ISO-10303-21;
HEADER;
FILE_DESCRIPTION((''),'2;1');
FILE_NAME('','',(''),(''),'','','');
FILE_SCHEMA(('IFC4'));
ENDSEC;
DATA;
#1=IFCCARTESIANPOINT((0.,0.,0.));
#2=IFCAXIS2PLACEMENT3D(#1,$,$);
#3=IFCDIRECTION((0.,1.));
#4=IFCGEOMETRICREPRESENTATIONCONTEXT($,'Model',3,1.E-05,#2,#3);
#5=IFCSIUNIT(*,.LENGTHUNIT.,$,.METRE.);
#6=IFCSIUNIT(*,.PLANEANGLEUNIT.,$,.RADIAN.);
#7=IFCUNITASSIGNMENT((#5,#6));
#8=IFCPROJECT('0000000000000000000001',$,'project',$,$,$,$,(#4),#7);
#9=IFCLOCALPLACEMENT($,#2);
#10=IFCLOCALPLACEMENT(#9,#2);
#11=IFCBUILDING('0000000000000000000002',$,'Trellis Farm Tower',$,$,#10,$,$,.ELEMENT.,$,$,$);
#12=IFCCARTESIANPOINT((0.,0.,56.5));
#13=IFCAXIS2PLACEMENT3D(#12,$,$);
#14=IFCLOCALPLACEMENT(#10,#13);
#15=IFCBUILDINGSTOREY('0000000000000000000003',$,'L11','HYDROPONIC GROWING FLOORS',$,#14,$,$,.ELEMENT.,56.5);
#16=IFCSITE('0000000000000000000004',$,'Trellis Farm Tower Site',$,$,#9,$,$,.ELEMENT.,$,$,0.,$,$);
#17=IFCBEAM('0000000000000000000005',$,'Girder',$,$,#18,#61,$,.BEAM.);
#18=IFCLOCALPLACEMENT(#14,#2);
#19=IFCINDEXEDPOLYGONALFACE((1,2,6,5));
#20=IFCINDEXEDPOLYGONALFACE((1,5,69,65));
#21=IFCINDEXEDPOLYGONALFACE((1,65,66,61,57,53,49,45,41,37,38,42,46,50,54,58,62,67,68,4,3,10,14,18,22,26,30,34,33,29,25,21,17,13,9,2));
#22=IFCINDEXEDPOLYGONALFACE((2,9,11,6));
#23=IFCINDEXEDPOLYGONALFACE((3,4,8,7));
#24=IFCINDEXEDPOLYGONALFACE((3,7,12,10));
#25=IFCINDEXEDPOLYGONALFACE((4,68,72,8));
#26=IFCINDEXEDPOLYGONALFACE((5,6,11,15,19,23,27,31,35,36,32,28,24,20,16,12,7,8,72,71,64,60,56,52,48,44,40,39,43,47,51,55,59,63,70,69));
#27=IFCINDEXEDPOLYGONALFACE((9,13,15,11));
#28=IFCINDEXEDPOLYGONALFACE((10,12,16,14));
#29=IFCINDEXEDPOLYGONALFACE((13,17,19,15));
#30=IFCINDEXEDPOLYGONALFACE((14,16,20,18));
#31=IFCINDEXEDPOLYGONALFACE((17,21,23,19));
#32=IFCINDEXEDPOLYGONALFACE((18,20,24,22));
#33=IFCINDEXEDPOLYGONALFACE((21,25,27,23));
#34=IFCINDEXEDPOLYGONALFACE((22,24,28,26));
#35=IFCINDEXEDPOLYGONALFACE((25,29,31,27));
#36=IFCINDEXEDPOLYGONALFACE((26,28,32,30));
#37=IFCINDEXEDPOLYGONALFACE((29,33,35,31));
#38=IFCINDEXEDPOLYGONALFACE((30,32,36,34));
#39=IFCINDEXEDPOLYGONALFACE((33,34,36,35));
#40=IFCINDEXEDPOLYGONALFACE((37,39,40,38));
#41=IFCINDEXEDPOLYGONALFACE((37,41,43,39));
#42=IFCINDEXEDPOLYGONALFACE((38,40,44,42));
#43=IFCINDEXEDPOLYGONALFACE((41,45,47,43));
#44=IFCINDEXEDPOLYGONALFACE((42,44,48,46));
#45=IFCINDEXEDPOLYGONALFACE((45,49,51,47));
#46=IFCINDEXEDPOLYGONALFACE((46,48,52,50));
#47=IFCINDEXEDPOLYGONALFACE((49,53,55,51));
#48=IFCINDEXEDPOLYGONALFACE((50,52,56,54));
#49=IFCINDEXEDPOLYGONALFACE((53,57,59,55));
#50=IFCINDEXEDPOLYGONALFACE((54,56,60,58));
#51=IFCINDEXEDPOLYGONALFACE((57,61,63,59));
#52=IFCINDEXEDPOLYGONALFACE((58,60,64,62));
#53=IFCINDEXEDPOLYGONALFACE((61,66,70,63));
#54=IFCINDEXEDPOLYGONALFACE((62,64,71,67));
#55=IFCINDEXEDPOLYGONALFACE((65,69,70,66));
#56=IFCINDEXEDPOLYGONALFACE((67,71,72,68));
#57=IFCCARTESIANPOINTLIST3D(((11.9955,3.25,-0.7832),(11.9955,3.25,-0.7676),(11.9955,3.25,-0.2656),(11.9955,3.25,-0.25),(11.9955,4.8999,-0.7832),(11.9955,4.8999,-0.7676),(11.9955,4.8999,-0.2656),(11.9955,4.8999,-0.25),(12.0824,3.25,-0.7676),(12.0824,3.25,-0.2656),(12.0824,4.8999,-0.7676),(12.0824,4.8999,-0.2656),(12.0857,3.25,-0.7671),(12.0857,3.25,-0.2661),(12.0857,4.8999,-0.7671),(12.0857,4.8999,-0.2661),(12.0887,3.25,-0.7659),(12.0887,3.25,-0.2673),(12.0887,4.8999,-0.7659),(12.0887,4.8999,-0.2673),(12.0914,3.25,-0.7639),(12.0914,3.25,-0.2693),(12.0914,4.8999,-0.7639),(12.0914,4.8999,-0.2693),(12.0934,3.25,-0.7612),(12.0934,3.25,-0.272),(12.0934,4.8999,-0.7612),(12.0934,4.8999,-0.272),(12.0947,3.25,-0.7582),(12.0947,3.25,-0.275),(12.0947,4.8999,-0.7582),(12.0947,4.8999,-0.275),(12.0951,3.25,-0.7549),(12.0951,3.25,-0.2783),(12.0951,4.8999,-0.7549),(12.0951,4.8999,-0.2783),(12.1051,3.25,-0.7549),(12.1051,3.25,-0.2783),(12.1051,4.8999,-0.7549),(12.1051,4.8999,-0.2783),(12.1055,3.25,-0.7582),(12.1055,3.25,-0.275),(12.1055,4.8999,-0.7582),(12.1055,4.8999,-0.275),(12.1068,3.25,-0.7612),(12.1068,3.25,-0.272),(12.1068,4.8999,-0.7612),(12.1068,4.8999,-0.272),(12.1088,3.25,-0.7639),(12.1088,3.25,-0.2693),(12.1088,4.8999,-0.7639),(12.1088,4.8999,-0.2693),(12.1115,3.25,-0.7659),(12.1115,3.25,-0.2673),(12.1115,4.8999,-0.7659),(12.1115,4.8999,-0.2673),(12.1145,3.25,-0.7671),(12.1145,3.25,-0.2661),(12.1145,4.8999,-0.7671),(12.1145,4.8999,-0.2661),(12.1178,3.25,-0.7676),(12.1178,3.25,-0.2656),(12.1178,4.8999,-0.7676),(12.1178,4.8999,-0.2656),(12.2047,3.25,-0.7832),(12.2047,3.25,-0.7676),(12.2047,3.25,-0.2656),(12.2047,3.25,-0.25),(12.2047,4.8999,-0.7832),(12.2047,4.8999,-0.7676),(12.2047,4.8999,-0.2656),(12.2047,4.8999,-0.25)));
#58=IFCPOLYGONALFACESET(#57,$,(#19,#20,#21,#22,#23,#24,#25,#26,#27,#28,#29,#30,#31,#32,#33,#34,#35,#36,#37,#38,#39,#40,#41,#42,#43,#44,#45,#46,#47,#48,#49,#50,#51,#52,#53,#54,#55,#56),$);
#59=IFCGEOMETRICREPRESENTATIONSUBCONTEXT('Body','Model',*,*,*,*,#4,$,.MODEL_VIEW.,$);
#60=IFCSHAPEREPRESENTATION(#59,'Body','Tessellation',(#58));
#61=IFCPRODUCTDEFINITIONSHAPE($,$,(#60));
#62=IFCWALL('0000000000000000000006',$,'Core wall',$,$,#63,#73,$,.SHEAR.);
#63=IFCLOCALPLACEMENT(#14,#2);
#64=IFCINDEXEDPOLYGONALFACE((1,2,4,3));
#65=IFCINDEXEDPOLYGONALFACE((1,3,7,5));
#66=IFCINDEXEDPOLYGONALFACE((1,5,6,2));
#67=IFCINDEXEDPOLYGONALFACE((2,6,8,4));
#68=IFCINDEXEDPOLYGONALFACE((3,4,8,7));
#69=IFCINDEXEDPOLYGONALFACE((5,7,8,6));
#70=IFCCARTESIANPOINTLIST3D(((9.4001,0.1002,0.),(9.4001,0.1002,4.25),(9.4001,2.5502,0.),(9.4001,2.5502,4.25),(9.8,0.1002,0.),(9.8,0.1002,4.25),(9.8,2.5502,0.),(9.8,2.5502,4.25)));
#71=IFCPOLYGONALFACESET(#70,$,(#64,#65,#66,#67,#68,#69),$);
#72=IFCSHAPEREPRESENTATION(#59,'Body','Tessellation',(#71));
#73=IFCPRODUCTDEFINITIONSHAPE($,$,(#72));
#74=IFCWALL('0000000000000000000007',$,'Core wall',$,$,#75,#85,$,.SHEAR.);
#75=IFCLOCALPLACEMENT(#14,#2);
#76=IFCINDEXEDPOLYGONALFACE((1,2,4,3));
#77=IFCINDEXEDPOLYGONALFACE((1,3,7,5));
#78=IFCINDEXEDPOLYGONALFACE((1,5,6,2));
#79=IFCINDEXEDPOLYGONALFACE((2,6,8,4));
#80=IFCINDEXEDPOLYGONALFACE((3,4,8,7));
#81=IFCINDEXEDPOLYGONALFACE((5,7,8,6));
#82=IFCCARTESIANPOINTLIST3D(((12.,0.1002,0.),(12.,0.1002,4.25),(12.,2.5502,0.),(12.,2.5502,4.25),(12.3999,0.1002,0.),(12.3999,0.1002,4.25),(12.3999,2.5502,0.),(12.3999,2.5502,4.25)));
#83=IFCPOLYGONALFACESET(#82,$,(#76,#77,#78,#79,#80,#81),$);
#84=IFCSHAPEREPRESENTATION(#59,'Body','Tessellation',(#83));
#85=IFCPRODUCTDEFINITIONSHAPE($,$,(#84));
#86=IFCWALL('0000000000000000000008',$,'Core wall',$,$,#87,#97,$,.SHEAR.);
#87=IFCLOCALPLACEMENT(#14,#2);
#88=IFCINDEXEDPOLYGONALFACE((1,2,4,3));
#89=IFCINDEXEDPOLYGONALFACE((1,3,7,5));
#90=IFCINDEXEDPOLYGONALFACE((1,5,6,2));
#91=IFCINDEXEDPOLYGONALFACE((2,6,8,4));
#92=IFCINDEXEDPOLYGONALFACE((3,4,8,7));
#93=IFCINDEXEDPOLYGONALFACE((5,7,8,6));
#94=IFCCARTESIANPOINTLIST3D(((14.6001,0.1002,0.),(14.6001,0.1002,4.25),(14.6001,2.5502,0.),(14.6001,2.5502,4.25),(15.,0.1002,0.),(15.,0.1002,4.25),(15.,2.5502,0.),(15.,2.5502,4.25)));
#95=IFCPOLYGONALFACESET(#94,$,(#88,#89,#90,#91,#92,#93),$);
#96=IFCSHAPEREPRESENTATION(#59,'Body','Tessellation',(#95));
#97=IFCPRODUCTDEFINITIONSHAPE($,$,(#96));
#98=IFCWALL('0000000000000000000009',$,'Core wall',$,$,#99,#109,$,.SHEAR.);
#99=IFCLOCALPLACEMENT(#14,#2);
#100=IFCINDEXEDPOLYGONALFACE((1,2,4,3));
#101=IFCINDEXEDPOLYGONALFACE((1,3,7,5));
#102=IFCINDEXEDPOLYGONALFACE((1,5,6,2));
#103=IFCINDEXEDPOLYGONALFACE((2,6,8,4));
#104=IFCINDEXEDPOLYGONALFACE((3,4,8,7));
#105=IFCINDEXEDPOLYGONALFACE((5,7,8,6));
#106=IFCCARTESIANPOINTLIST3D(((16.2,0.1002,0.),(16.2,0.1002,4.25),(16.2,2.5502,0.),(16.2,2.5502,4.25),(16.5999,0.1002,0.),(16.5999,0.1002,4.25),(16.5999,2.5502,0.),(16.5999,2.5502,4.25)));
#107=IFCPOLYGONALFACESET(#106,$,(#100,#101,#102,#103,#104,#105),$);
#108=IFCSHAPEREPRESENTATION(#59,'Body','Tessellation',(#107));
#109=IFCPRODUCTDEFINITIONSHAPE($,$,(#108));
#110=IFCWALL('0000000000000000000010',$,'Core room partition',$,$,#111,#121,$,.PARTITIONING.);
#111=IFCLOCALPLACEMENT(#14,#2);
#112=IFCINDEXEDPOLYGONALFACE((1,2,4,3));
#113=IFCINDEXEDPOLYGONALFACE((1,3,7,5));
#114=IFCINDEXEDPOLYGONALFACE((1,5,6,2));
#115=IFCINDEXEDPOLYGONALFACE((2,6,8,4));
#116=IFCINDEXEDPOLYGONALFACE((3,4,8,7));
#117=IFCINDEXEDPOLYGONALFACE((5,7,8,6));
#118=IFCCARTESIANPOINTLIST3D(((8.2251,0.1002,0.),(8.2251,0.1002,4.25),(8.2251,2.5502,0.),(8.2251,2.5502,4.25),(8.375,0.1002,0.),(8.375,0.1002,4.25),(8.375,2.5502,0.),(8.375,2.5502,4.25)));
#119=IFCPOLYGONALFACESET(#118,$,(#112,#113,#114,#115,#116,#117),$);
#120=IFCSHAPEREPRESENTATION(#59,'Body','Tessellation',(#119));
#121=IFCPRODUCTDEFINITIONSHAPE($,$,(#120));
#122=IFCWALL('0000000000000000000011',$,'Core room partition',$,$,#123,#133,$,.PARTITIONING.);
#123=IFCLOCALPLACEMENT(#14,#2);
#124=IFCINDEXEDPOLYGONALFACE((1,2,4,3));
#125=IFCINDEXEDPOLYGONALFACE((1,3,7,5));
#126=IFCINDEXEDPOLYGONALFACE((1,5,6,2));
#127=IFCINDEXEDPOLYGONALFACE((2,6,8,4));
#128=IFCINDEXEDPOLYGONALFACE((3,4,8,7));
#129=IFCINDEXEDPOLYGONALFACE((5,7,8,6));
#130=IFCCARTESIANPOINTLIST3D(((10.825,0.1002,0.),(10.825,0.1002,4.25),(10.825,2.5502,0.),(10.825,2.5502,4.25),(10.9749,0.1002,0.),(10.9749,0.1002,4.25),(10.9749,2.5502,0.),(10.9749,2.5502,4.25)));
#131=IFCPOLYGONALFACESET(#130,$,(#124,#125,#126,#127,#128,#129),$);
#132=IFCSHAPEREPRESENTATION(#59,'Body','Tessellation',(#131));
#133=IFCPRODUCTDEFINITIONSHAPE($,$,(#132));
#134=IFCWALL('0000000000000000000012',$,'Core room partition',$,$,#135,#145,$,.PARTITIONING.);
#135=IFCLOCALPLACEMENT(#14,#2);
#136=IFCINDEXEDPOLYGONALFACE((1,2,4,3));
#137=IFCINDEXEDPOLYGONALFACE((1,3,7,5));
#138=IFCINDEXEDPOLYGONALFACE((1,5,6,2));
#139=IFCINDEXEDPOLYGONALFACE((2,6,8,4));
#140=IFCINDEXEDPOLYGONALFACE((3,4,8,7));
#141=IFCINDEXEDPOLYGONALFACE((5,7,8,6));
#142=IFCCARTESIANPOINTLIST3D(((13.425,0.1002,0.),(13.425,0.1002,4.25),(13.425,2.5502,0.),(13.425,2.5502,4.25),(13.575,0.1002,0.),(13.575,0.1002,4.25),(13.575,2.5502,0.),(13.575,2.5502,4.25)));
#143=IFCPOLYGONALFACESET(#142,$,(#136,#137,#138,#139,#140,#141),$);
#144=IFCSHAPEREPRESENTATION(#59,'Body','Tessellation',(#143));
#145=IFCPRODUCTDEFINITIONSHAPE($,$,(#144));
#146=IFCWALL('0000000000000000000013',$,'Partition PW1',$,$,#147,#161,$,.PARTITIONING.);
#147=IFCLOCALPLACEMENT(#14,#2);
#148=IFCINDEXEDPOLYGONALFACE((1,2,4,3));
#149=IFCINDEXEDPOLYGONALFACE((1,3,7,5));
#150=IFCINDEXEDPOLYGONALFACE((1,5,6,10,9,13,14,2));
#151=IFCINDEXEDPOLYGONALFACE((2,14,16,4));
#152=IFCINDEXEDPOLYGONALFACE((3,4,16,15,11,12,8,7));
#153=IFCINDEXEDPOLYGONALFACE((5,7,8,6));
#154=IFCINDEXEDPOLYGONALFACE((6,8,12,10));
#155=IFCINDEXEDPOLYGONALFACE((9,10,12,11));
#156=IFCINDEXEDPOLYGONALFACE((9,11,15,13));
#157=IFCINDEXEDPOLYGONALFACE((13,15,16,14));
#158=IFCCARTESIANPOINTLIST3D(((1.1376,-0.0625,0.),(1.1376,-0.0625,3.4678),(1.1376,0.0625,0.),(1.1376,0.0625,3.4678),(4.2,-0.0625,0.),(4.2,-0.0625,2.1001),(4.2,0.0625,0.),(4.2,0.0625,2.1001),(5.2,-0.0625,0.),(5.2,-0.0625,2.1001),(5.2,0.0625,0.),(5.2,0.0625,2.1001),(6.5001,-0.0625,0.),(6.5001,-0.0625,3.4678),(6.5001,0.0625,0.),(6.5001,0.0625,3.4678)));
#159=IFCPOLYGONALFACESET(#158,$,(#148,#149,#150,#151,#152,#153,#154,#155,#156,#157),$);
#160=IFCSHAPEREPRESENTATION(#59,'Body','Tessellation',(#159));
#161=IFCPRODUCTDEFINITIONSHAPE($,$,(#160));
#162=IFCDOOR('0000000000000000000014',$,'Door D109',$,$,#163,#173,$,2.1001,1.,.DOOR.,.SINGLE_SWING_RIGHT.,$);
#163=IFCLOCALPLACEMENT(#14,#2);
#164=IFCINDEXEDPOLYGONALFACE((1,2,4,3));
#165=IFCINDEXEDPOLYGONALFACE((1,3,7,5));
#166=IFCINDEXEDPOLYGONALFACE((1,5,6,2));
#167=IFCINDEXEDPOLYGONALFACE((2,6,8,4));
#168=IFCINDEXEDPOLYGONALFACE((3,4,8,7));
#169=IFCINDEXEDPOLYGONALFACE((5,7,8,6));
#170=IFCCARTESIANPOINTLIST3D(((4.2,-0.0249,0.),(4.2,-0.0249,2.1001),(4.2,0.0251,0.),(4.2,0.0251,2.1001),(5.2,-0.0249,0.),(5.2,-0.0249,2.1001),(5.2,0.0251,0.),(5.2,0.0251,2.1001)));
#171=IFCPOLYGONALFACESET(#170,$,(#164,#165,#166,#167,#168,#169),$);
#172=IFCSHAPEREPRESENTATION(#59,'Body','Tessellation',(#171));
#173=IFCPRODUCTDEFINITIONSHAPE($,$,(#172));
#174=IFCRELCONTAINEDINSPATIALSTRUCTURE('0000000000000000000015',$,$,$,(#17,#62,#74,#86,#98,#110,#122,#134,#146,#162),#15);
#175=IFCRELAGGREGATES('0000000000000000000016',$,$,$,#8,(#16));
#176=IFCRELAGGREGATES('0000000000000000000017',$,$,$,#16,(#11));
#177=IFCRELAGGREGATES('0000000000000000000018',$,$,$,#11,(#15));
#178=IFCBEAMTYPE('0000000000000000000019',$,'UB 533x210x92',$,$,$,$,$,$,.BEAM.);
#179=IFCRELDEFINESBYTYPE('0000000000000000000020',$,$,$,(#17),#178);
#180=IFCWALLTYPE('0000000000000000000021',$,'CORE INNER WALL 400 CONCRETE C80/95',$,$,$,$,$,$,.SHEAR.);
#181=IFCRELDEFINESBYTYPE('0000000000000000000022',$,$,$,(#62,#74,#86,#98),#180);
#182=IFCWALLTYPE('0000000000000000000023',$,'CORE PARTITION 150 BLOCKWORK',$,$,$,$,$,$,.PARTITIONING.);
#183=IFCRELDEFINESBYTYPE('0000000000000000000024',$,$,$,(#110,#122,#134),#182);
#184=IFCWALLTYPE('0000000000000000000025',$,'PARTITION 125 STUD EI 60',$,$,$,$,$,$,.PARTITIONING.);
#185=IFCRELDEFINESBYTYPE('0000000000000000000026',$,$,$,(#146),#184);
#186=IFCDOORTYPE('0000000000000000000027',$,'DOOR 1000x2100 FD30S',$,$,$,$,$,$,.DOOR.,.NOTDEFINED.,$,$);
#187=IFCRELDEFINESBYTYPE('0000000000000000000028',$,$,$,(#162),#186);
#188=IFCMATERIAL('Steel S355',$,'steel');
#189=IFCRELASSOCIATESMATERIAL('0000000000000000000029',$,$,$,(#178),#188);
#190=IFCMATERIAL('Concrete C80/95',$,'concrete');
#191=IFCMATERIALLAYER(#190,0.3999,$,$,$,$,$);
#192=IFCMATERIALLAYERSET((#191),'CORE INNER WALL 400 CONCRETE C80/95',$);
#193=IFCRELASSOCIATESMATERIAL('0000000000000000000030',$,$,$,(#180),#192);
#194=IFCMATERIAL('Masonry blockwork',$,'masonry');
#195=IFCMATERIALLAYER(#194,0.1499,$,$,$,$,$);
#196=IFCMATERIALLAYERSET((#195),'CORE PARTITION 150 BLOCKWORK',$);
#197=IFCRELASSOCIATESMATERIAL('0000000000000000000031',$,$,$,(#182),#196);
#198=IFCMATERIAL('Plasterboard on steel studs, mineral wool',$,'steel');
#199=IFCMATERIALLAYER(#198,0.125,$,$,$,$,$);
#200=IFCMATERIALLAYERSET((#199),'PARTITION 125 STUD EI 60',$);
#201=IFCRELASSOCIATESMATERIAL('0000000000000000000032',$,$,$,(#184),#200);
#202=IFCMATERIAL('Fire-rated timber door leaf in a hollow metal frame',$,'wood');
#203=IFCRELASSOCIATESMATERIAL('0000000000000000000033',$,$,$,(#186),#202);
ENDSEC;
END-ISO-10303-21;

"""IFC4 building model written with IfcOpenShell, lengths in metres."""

from ifc_helpers import new_model, si_unit, direction, frame, frame_2d, origin, origin_2d, place, context, subcontext, project, spatial, rectangle, i_section, extrude, source, transform, mapped, material, layer, layer_set, material_profile, profile_set, type_object, element, fill, save


model = new_model("IFC4")

# Units and contexts
model_context = context("Model", 3, precision=1e-05, world=origin(), true_north=direction((0.0, 1.0)))
body_context = subcontext(model_context, "Body", "Model", "MODEL_VIEW")
ifc_project = project(units=[si_unit("LENGTHUNIT", "METRE"), si_unit("PLANEANGLEUNIT", "RADIAN")], contexts=[model_context])

# Site, building, storey
site_placement = place(None, origin())
site = spatial("IfcSite", under=ifc_project, at=site_placement, Name="Trellis Farm Tower Site", CompositionType="ELEMENT", RefElevation=0.0)
building_placement = place(site_placement, origin())
building = spatial("IfcBuilding", under=site, at=building_placement, Name="Trellis Farm Tower", CompositionType="ELEMENT")
storey_placement = place(building_placement, frame((0.0, 0.0, 56.5)))
storey = spatial("IfcBuildingStorey", under=building, at=storey_placement, Name="L11", Description="HYDROPONIC GROWING FLOORS", CompositionType="ELEMENT", Elevation=56.5)

# Beam
ifc_material_1 = material(Name="Steel S355", Category="steel")
ifc_material_profile = material_profile(ifc_material_1, i_section(OverallWidth=0.2092, OverallDepth=0.5332, WebThickness=0.01, FlangeThickness=0.0156, FilletRadius=0.0127, at=origin_2d()), Name="UB 533x210x92")
ifc_profile_set = profile_set([ifc_material_profile], Name="Steel S355")
beam_type = type_object("IfcBeamType", Name="UB 533x210x92", PredefinedType="BEAM", material=ifc_profile_set)
shared_shape_1 = source(origin(), body_context, "Body", "SweptSolid", [
    extrude(i_section(OverallWidth=0.2092, OverallDepth=0.5332, WebThickness=0.01, FlangeThickness=0.0156, FilletRadius=0.0127, at=origin_2d()), origin(), (0.0, 0.0, 1.0), 1.6499),
])
beam_placement = place(storey_placement, frame((12.1001, 3.25, -0.5166), z_axis=(0.0, 1.0, 0.0), x_axis=(-1.0, 0.0, 0.0)))
element("IfcBeam", 1, at=beam_placement, inside=storey, type_object=beam_type, Name="Girder", PredefinedType="BEAM", context=body_context, shape_type="MappedRepresentation", body=[
    mapped(shared_shape_1, transform((0.0, 0.0, 0.0))),
])

# Walls
ifc_material_2 = material(Name="Concrete C80/95", Category="concrete")
ifc_layer_1 = layer(ifc_material_2, 0.3999)
ifc_layer_set_1 = layer_set([ifc_layer_1], Name="CORE INNER WALL 400 CONCRETE C80/95")
wall_type_1 = type_object("IfcWallType", Name="CORE INNER WALL 400 CONCRETE C80/95", PredefinedType="SHEAR", material=ifc_layer_set_1)
shared_shape_2 = source(origin(), body_context, "Body", "SweptSolid", [
    extrude(rectangle(XDim=2.45, YDim=0.3999, at=frame_2d((1.2251, 0.0))), origin(), (0.0, 0.0, 1.0), 4.25),
])
for number, where, z_axis, x_axis, name in (
    (2, (9.6001, 0.1001, 0.0), (0.0, 0.0, 1.0), (0.0, 1.0, 0.0), "Core wall"),
    (3, (12.2, 0.1001, 0.0), (0.0, 0.0, 1.0), (0.0, 1.0, 0.0), "Core wall"),
    (4, (14.8, 0.1001, 0.0), (0.0, 0.0, 1.0), (0.0, 1.0, 0.0), "Core wall"),
    (5, (16.3999, 0.1001, 0.0), (0.0, 0.0, 1.0), (0.0, 1.0, 0.0), "Core wall"),
):
    element("IfcWall", number, at=place(storey_placement, frame(where, z_axis=z_axis, x_axis=x_axis)), inside=storey, type_object=wall_type_1, Name=name, PredefinedType="SHEAR", context=body_context, shape_type="MappedRepresentation", body=[
        mapped(shared_shape_2, transform((0.0, 0.0, 0.0))),
    ])

# Walls
ifc_material_3 = material(Name="Masonry blockwork", Category="masonry")
ifc_layer_2 = layer(ifc_material_3, 0.1499)
ifc_layer_set_2 = layer_set([ifc_layer_2], Name="CORE PARTITION 150 BLOCKWORK")
wall_type_2 = type_object("IfcWallType", Name="CORE PARTITION 150 BLOCKWORK", PredefinedType="PARTITIONING", material=ifc_layer_set_2)
shared_shape_3 = source(origin(), body_context, "Body", "SweptSolid", [
    extrude(rectangle(XDim=2.45, YDim=0.1499, at=frame_2d((1.2251, 0.0))), origin(), (0.0, 0.0, 1.0), 4.25),
])
for number, where, z_axis, x_axis, name in (
    (6, (8.3, 0.1001, 0.0), (0.0, 0.0, 1.0), (0.0, 1.0, 0.0), "Core room partition"),
    (7, (10.8999, 0.1001, 0.0), (0.0, 0.0, 1.0), (0.0, 1.0, 0.0), "Core room partition"),
    (8, (13.5, 0.1001, 0.0), (0.0, 0.0, 1.0), (0.0, 1.0, 0.0), "Core room partition"),
):
    element("IfcWall", number, at=place(storey_placement, frame(where, z_axis=z_axis, x_axis=x_axis)), inside=storey, type_object=wall_type_2, Name=name, PredefinedType="PARTITIONING", context=body_context, shape_type="MappedRepresentation", body=[
        mapped(shared_shape_3, transform((0.0, 0.0, 0.0))),
    ])

# Wall, opening, door
ifc_material_4 = material(Name="Plasterboard on steel studs, mineral wool", Category="steel")
ifc_layer_3 = layer(ifc_material_4, 0.125)
ifc_layer_set_3 = layer_set([ifc_layer_3], Name="PARTITION 125 STUD EI 60")
wall_type_3 = type_object("IfcWallType", Name="PARTITION 125 STUD EI 60", PredefinedType="PARTITIONING", material=ifc_layer_set_3)
shared_shape_4 = source(origin(), body_context, "Body", "SweptSolid", [
    extrude(rectangle(XDim=5.3625, YDim=0.125, at=frame_2d((2.6812, 0.0))), origin(), (0.0, 0.0, 1.0), 3.4678),
])
wall_1_placement = place(storey_placement, frame((6.5, 0.0, 0.0), z_axis=(0.0, 0.0, 1.0), x_axis=(-1.0, 0.0, 0.0)))
wall_1 = element("IfcWall", 9, at=wall_1_placement, inside=storey, type_object=wall_type_3, Name="Partition PW1", PredefinedType="PARTITIONING", context=body_context, shape_type="MappedRepresentation", body=[
    mapped(shared_shape_4, transform((0.0, 0.0, 0.0))),
])
shared_shape_5 = source(origin(), body_context, "Body", "SweptSolid", [
    extrude(rectangle(XDim=1.0, YDim=2.1001, at=frame_2d((0.5, 1.05))), frame((0.0, 0.0725, 0.0), z_axis=(0.0, -1.0, 0.0), x_axis=(1.0, 0.0, 0.0)), (0.0, 0.0, 1.0), 0.145),
])
opening_1_placement = place(wall_1_placement, frame((1.3, 0.0, 0.0)))
opening_1 = element("IfcOpeningElement", 10, at=opening_1_placement, cuts=wall_1, PredefinedType="OPENING", context=body_context, shape_type="MappedRepresentation", body=[
    mapped(shared_shape_5, transform((0.0, 0.0, 0.0))),
])
ifc_material_5 = material(Name="Fire-rated timber door leaf in a hollow metal frame", Category="wood")
door_type_1 = type_object("IfcDoorType", Name="DOOR 1000x2100 FD30S", OperationType="NOTDEFINED", PredefinedType="DOOR", material=ifc_material_5)
shared_shape_6 = source(origin(), body_context, "Body", "SweptSolid", [
    extrude(rectangle(XDim=1.0, YDim=2.1001, at=frame_2d((0.5, 1.05))), frame((0.0, 0.0249, 0.0), z_axis=(0.0, -1.0, 0.0), x_axis=(1.0, 0.0, 0.0)), (0.0, 0.0, 1.0), 0.05),
])
door_1_placement = place(opening_1_placement, origin())
door_1 = element("IfcDoor", 11, at=door_1_placement, inside=storey, type_object=door_type_1, Name="Door D109", OperationType="SINGLE_SWING_RIGHT", OverallHeight=2.1001, OverallWidth=1.0, PredefinedType="DOOR", context=body_context, shape_type="MappedRepresentation", body=[
    mapped(shared_shape_6, transform((0.0, 0.0, 0.0))),
])
fill(opening_1, door_1)

save(model, "model.ifc")
